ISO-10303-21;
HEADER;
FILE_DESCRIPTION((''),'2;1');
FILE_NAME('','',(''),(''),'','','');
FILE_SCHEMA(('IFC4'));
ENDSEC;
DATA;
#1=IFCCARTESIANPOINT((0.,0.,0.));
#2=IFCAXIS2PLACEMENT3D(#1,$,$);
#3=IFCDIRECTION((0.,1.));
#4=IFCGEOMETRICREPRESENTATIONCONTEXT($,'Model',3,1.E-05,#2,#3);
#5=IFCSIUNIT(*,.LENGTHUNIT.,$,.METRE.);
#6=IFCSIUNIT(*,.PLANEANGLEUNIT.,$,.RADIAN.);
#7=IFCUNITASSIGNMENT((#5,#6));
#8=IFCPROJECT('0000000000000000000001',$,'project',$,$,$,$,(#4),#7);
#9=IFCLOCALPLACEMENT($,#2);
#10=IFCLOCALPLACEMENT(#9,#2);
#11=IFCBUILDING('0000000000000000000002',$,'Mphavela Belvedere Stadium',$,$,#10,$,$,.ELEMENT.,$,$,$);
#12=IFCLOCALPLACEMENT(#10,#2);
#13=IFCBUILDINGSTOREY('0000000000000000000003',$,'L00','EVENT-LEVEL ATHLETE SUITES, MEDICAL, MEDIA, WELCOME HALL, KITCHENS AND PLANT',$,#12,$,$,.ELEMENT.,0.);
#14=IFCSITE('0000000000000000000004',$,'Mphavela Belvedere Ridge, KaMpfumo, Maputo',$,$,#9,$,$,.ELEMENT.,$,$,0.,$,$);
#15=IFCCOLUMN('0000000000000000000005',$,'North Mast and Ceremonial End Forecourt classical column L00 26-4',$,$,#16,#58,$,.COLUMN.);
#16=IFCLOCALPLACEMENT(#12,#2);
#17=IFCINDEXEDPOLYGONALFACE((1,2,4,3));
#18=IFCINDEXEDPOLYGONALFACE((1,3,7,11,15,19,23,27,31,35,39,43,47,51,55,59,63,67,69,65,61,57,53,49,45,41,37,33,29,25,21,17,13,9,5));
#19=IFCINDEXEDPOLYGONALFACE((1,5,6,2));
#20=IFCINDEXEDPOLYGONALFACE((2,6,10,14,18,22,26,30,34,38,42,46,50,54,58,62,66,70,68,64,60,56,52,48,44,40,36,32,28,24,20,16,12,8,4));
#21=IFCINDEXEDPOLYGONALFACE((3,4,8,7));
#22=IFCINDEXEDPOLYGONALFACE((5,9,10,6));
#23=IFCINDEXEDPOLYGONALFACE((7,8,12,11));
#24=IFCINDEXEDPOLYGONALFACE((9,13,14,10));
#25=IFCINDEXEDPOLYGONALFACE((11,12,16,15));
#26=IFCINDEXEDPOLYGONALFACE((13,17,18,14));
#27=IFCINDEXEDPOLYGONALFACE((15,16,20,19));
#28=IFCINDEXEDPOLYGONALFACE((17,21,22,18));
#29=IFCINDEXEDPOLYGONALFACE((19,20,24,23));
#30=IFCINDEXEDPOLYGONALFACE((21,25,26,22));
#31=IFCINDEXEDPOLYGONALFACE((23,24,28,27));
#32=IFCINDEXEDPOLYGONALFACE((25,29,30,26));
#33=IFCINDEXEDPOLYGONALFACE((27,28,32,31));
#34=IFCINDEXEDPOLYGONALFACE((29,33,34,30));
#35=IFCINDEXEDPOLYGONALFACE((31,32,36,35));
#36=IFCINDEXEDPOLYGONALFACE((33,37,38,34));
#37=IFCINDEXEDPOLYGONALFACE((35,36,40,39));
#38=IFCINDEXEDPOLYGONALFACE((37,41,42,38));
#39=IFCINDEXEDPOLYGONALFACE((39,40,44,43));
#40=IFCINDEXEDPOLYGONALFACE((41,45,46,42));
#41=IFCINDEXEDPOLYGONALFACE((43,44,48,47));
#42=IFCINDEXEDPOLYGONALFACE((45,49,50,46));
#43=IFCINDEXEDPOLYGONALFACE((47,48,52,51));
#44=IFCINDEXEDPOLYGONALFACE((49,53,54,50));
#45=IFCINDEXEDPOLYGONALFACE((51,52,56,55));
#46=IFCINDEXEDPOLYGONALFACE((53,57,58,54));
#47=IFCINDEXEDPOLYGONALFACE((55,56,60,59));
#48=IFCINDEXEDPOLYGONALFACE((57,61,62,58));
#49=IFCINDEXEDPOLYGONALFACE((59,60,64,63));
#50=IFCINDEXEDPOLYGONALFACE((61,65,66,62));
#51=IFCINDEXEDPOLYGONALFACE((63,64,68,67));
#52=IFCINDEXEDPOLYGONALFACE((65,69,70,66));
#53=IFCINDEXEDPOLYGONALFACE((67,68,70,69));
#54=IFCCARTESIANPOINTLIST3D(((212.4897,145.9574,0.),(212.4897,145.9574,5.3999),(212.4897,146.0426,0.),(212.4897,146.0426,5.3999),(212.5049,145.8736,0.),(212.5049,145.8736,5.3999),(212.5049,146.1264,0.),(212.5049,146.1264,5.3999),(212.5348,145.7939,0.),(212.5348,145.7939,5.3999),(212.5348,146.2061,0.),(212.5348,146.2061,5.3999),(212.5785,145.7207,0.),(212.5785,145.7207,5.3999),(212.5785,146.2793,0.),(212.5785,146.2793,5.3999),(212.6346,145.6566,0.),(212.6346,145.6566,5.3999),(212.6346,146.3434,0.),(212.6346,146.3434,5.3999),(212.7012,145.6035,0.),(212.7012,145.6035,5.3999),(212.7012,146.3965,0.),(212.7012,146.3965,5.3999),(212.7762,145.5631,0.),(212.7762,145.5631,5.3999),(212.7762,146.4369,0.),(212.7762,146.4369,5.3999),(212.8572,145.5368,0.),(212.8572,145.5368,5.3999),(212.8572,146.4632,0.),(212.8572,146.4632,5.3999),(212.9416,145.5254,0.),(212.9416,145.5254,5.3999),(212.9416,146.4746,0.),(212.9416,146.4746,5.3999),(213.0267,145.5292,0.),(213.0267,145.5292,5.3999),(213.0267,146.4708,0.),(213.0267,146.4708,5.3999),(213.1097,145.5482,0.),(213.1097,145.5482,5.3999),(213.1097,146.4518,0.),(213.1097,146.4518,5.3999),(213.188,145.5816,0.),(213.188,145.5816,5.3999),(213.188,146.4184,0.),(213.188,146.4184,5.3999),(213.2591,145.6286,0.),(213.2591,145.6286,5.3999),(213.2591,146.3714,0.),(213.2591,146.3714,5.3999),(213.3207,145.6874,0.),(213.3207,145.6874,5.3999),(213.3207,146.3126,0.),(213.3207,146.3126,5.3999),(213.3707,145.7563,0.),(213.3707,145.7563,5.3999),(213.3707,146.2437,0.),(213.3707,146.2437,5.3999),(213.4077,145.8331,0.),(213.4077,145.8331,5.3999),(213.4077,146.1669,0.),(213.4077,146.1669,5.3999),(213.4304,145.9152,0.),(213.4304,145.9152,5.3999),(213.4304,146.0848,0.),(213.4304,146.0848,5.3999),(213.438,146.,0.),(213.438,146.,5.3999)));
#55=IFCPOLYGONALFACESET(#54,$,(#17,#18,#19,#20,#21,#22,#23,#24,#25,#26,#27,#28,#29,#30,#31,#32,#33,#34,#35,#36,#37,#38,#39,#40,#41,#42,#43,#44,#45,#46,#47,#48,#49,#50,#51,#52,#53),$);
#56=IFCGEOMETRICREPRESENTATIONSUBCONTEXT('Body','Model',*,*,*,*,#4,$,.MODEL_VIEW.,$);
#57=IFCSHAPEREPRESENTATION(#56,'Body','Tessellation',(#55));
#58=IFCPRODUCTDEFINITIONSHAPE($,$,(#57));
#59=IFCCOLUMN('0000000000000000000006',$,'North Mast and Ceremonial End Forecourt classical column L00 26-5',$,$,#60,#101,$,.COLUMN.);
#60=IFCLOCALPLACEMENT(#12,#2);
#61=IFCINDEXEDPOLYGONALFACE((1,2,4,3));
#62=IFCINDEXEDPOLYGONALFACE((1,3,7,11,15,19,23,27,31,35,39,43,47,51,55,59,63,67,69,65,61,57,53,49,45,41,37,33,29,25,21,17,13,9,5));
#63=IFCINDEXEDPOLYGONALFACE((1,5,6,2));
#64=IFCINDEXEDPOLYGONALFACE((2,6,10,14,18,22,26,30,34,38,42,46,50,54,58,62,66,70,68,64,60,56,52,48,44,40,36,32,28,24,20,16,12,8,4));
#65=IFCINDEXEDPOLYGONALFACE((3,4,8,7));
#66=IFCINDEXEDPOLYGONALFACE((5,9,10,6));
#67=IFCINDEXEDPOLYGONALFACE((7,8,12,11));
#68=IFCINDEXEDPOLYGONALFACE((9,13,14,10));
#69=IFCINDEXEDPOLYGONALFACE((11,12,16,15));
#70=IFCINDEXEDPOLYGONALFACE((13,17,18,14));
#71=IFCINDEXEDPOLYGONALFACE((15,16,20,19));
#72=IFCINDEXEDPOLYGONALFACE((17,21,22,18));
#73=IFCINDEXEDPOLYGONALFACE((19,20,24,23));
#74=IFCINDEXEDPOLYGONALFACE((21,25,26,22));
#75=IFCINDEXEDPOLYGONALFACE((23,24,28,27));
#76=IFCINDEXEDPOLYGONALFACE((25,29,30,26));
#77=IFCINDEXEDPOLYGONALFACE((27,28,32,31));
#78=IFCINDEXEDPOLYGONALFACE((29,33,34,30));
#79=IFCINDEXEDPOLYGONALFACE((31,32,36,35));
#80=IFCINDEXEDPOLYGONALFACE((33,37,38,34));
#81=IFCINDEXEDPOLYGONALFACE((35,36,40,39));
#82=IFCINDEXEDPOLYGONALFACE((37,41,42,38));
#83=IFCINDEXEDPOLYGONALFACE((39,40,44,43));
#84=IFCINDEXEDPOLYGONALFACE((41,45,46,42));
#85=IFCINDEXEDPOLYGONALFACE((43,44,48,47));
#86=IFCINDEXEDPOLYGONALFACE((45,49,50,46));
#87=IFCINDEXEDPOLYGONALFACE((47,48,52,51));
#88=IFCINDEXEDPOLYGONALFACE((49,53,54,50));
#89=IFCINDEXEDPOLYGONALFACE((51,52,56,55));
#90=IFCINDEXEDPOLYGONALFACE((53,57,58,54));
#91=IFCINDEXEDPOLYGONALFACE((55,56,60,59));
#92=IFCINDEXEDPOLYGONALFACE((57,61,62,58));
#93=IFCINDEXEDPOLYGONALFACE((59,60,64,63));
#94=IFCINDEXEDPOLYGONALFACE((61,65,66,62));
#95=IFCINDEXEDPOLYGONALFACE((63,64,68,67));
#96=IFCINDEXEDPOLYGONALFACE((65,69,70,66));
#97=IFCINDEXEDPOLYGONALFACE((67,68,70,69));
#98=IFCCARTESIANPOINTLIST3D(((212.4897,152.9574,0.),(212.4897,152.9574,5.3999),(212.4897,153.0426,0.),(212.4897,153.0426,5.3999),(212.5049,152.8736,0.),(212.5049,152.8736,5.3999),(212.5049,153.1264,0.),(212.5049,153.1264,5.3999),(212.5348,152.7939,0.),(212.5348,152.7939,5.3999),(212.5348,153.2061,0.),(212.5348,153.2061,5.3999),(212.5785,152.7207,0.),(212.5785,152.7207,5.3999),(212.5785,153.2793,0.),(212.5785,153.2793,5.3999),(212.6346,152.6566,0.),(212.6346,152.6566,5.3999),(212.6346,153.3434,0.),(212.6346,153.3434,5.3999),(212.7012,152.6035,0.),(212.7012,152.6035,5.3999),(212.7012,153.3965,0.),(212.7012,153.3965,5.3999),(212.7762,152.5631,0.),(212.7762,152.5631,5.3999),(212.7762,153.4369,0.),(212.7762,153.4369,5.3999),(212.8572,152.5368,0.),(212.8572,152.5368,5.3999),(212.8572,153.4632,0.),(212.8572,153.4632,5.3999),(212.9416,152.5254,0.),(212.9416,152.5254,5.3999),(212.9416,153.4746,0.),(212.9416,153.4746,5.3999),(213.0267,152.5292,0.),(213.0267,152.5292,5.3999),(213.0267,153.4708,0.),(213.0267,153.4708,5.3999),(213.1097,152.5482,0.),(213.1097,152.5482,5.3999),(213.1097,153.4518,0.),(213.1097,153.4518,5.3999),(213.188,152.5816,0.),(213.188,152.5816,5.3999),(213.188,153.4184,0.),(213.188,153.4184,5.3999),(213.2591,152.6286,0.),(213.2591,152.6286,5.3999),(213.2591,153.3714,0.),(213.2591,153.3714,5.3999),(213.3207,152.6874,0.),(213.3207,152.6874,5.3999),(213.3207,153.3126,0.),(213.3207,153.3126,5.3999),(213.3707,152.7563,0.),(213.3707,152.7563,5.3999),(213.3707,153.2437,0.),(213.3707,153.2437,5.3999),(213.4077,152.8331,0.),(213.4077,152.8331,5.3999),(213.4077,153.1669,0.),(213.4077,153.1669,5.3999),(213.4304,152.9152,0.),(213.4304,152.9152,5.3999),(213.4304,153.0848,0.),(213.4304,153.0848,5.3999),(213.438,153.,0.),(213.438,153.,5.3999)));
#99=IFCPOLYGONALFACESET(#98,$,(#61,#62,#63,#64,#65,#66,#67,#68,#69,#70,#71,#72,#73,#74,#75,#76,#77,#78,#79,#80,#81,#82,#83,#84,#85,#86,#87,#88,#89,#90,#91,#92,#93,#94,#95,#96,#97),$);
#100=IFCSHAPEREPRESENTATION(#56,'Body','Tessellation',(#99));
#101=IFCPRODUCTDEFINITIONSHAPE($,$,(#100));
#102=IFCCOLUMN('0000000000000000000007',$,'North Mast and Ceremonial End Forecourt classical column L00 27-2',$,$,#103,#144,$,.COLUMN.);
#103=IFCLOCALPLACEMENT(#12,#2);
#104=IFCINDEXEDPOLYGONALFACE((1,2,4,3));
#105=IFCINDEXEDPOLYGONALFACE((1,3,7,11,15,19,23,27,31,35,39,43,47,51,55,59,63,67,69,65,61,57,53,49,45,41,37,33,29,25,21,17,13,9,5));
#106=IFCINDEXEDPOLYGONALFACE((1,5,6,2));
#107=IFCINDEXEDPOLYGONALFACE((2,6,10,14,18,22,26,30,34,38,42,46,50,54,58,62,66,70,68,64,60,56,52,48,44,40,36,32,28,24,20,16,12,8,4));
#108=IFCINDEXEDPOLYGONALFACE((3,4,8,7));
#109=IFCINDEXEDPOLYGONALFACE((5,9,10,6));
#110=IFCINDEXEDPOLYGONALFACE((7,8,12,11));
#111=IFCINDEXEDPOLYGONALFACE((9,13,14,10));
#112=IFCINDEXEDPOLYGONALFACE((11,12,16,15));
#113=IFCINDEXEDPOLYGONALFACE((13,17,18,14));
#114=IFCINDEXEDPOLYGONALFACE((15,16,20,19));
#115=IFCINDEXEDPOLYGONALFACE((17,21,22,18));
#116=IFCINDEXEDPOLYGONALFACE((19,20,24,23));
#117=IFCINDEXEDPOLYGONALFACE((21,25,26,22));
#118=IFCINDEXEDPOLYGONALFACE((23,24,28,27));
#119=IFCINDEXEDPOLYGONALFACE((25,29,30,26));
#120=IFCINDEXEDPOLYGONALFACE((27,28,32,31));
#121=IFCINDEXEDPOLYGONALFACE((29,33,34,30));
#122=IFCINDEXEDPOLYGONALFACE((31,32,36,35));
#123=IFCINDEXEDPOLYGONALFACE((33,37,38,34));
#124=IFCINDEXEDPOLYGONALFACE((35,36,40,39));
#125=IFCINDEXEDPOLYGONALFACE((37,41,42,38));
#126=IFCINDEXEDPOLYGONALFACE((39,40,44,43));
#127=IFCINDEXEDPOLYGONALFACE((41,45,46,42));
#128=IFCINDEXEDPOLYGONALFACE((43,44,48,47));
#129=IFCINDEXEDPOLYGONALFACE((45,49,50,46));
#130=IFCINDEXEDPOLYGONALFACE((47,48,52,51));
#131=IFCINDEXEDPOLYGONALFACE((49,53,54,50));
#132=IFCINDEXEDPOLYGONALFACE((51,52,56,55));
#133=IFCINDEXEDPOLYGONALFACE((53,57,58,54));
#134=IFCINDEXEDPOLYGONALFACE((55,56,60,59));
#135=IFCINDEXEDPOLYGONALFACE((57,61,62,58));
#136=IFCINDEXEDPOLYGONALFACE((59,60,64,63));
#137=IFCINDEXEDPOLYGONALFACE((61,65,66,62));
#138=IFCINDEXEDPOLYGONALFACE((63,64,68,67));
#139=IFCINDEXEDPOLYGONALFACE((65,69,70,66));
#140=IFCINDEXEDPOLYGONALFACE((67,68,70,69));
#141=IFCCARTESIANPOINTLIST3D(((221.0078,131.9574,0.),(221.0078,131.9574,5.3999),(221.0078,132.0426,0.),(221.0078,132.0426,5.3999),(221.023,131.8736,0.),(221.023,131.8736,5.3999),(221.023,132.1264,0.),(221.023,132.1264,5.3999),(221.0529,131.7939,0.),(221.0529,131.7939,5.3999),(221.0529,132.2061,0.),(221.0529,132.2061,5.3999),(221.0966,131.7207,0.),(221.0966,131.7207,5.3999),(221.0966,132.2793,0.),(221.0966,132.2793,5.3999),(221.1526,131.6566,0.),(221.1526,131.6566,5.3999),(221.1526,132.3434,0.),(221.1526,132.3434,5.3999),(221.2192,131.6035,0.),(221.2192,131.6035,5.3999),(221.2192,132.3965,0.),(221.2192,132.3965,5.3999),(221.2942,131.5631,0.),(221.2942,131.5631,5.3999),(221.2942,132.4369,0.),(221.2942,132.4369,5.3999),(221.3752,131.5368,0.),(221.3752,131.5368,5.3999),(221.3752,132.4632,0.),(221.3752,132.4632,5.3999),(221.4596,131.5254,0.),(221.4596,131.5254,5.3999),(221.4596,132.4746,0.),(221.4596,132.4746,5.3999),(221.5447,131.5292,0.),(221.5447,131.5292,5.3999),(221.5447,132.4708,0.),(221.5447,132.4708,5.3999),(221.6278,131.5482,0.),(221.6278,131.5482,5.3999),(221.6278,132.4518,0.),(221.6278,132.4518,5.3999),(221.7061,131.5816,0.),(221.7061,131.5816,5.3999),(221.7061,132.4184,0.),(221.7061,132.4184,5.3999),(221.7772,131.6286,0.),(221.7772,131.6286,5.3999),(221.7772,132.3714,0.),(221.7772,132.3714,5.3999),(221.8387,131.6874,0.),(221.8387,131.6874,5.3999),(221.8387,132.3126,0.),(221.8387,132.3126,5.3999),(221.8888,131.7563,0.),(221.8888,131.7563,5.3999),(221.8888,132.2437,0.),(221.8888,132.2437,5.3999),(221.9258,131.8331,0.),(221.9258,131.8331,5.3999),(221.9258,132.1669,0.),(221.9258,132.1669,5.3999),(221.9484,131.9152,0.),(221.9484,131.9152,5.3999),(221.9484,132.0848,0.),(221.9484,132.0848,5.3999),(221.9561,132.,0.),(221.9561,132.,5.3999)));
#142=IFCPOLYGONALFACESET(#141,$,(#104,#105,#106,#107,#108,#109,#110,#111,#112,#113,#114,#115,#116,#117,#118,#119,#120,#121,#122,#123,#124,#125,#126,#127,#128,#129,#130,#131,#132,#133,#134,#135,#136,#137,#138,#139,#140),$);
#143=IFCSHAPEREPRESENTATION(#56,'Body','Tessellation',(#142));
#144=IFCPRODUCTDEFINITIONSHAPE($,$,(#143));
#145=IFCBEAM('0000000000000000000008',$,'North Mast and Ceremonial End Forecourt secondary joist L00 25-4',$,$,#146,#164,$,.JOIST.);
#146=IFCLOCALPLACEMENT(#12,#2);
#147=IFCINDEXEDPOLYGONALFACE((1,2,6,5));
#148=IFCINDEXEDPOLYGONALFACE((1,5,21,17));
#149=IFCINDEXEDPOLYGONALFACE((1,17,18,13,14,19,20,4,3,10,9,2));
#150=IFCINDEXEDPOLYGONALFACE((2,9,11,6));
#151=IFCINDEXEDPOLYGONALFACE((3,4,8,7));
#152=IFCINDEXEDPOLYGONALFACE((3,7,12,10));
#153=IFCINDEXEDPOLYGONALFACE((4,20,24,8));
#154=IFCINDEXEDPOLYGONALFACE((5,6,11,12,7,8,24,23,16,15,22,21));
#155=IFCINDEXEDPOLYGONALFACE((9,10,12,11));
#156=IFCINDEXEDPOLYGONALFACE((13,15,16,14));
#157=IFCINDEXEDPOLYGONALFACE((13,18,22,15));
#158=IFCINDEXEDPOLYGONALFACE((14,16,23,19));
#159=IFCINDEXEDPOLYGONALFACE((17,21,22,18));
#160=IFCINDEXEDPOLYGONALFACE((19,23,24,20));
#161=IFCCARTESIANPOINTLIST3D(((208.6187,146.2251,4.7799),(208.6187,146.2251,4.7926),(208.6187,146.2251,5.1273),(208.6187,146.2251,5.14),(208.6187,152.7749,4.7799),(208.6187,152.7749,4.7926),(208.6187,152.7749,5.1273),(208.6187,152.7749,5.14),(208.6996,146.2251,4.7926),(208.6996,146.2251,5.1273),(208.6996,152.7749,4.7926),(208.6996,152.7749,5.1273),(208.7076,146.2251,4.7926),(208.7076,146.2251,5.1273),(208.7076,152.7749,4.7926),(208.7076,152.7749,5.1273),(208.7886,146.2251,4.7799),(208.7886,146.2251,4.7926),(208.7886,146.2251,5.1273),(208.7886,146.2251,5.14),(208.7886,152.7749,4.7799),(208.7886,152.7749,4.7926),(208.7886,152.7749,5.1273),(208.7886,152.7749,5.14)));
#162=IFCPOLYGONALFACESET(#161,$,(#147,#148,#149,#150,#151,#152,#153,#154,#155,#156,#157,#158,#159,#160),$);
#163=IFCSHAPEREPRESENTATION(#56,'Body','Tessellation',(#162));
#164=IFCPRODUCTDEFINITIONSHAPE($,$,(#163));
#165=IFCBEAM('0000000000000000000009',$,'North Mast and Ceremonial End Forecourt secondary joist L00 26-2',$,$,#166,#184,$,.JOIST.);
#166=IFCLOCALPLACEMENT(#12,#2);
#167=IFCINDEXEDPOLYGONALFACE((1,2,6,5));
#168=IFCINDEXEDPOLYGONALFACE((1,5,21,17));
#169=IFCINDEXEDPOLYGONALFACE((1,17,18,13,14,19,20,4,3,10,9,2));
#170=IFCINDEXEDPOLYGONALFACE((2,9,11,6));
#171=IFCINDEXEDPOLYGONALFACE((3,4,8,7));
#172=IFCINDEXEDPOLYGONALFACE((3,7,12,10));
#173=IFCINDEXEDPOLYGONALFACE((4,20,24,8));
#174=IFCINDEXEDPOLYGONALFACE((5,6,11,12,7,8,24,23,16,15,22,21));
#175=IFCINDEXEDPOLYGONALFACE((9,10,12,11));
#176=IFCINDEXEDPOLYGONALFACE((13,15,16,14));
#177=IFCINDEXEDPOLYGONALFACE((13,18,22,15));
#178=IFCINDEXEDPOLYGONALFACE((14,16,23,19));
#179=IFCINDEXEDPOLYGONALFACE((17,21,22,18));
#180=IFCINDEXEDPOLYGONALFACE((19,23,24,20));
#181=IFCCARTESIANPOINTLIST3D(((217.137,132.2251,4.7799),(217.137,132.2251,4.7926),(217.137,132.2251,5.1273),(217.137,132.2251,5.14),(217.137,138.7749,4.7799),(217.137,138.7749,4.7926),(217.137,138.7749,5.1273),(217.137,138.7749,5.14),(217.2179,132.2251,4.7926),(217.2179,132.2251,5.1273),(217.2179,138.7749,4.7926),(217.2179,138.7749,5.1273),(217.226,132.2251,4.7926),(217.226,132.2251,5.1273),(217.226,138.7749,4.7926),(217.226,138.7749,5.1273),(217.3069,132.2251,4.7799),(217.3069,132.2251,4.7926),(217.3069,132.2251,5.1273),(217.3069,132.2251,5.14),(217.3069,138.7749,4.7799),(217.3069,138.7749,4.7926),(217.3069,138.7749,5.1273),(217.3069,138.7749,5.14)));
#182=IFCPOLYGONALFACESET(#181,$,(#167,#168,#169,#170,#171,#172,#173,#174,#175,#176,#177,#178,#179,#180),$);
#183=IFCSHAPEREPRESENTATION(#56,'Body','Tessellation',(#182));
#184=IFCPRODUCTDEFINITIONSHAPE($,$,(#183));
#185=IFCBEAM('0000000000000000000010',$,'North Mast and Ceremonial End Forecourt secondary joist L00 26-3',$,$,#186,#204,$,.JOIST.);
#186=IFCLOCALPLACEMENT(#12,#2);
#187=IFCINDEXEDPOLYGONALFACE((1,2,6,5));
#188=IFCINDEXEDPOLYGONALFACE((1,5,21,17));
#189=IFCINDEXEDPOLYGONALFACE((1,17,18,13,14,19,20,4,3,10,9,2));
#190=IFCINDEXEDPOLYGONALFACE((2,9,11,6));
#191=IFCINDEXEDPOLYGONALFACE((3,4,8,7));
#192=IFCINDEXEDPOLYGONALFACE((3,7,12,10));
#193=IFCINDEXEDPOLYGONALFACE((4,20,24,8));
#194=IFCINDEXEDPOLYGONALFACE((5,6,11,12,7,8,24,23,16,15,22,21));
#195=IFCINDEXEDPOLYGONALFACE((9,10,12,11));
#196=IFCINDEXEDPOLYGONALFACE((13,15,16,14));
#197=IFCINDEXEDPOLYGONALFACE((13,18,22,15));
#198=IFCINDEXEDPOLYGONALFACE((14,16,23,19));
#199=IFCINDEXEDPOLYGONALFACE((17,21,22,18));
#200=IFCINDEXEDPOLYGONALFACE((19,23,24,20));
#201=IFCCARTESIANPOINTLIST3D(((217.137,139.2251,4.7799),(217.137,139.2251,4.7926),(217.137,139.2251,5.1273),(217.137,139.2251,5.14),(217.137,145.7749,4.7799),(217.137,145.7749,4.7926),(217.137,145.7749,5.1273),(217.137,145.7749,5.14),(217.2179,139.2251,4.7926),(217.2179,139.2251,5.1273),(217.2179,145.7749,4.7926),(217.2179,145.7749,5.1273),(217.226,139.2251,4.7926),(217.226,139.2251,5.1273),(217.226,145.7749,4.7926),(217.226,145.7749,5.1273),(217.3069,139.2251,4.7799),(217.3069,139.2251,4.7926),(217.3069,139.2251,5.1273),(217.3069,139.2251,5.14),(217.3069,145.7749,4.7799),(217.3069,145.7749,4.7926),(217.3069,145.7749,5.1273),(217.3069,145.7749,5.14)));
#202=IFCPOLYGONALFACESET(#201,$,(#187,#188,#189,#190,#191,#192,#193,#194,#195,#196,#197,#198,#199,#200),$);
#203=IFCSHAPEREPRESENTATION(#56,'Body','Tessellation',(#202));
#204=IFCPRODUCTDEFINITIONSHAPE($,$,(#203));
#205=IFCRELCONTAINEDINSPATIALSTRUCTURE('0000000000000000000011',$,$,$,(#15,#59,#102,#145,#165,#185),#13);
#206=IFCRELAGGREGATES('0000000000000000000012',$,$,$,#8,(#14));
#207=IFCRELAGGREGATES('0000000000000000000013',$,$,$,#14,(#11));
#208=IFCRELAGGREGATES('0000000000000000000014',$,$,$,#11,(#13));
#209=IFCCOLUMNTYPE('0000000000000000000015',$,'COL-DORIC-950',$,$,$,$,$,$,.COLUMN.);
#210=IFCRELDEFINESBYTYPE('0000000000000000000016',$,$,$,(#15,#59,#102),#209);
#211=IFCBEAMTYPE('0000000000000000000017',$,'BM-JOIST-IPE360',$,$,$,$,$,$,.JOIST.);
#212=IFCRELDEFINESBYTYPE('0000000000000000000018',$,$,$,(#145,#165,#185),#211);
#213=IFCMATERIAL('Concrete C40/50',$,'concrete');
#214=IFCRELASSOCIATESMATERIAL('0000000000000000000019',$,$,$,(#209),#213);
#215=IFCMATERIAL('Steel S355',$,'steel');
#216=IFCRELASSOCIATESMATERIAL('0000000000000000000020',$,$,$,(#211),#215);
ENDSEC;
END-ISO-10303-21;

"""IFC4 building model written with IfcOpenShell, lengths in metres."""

from ifc_helpers import new_model, si_unit, direction, frame, origin, origin_2d, place, context, subcontext, project, spatial, circle, i_section, extrude, material, material_profile, profile_set, type_object, element, save


model = new_model("IFC4")

# Units and contexts
model_context = context("Model", 3, precision=1e-05, world=origin(), true_north=direction((0.0, 1.0)))
body_context = subcontext(model_context, "Body", "Model", "MODEL_VIEW")
ifc_project = project(units=[si_unit("LENGTHUNIT", "METRE"), si_unit("PLANEANGLEUNIT", "RADIAN")], contexts=[model_context])

# Site, building, storey
site_placement = place(None, origin())
site = spatial("IfcSite", under=ifc_project, at=site_placement, Name="Mphavela Belvedere Ridge, KaMpfumo, Maputo", CompositionType="ELEMENT", RefElevation=0.0)
building_placement = place(site_placement, origin())
building = spatial("IfcBuilding", under=site, at=building_placement, Name="Mphavela Belvedere Stadium", CompositionType="ELEMENT")
storey_placement = place(building_placement, origin())
storey = spatial("IfcBuildingStorey", under=building, at=storey_placement, Name="L00", Description="EVENT-LEVEL ATHLETE SUITES, MEDICAL, MEDIA, WELCOME HALL, KITCHENS AND PLANT", CompositionType="ELEMENT", Elevation=0.0)

# Columns
ifc_material_1 = material(Name="Concrete C40/50", Category="concrete")
ifc_material_profile_1 = material_profile(ifc_material_1, circle(Radius=0.4751, at=origin_2d()), Name="COL D950")
ifc_profile_set_1 = profile_set([ifc_material_profile_1], Name="Concrete C40/50")
column_type = type_object("IfcColumnType", Name="COL-DORIC-950", PredefinedType="COLUMN", material=ifc_profile_set_1)
for number, where, z_axis, x_axis, name in (
    (1, (212.9629, 146.0, 0.0), (0.0, 0.0, 1.0), (1.0, 0.0, 0.0), "North Mast and Ceremonial End Forecourt classical column L00 26-4"),
    (2, (212.9629, 153.0, 0.0), (0.0, 0.0, 1.0), (1.0, 0.0, 0.0), "North Mast and Ceremonial End Forecourt classical column L00 26-5"),
    (3, (221.481, 132.0, 0.0), (0.0, 0.0, 1.0), (1.0, 0.0, 0.0), "North Mast and Ceremonial End Forecourt classical column L00 27-2"),
):
    element("IfcColumn", number, at=place(storey_placement, frame(where, z_axis=z_axis, x_axis=x_axis)), inside=storey, type_object=column_type, Name=name, PredefinedType="COLUMN", context=body_context, shape_type="SweptSolid", body=[
        extrude(circle(Radius=0.4751, at=origin_2d()), origin(), (0.0, 0.0, 1.0), 5.3999),
    ])

# Beams
ifc_material_2 = material(Name="Steel S355", Category="steel")
ifc_material_profile_2 = material_profile(ifc_material_2, i_section(OverallWidth=0.1699, OverallDepth=0.3601, WebThickness=0.0081, FlangeThickness=0.0127, at=origin_2d()), Name="IPE 360")
ifc_profile_set_2 = profile_set([ifc_material_profile_2], Name="Steel S355")
beam_type_1 = type_object("IfcBeamType", Name="BM-JOIST-IPE360", PredefinedType="JOIST", material=ifc_profile_set_2)
for number, where, z_axis, x_axis, name in (
    (4, (208.7036, 146.2251, 4.96), (0.0, 1.0, 0.0), (-1.0, 0.0, 0.0), "North Mast and Ceremonial End Forecourt secondary joist L00 25-4"),
    (5, (217.2219, 132.2251, 4.96), (0.0, 1.0, 0.0), (-1.0, 0.0, 0.0), "North Mast and Ceremonial End Forecourt secondary joist L00 26-2"),
    (6, (217.2219, 139.2251, 4.96), (0.0, 1.0, 0.0), (-1.0, 0.0, 0.0), "North Mast and Ceremonial End Forecourt secondary joist L00 26-3"),
):
    element("IfcBeam", number, at=place(storey_placement, frame(where, z_axis=z_axis, x_axis=x_axis)), inside=storey, type_object=beam_type_1, Name=name, PredefinedType="JOIST", context=body_context, shape_type="SweptSolid", body=[
        extrude(i_section(OverallWidth=0.1699, OverallDepth=0.3601, WebThickness=0.0081, FlangeThickness=0.0127, at=origin_2d()), origin(), (0.0, 0.0, 1.0), 6.5498),
    ])

save(model, "model.ifc")
